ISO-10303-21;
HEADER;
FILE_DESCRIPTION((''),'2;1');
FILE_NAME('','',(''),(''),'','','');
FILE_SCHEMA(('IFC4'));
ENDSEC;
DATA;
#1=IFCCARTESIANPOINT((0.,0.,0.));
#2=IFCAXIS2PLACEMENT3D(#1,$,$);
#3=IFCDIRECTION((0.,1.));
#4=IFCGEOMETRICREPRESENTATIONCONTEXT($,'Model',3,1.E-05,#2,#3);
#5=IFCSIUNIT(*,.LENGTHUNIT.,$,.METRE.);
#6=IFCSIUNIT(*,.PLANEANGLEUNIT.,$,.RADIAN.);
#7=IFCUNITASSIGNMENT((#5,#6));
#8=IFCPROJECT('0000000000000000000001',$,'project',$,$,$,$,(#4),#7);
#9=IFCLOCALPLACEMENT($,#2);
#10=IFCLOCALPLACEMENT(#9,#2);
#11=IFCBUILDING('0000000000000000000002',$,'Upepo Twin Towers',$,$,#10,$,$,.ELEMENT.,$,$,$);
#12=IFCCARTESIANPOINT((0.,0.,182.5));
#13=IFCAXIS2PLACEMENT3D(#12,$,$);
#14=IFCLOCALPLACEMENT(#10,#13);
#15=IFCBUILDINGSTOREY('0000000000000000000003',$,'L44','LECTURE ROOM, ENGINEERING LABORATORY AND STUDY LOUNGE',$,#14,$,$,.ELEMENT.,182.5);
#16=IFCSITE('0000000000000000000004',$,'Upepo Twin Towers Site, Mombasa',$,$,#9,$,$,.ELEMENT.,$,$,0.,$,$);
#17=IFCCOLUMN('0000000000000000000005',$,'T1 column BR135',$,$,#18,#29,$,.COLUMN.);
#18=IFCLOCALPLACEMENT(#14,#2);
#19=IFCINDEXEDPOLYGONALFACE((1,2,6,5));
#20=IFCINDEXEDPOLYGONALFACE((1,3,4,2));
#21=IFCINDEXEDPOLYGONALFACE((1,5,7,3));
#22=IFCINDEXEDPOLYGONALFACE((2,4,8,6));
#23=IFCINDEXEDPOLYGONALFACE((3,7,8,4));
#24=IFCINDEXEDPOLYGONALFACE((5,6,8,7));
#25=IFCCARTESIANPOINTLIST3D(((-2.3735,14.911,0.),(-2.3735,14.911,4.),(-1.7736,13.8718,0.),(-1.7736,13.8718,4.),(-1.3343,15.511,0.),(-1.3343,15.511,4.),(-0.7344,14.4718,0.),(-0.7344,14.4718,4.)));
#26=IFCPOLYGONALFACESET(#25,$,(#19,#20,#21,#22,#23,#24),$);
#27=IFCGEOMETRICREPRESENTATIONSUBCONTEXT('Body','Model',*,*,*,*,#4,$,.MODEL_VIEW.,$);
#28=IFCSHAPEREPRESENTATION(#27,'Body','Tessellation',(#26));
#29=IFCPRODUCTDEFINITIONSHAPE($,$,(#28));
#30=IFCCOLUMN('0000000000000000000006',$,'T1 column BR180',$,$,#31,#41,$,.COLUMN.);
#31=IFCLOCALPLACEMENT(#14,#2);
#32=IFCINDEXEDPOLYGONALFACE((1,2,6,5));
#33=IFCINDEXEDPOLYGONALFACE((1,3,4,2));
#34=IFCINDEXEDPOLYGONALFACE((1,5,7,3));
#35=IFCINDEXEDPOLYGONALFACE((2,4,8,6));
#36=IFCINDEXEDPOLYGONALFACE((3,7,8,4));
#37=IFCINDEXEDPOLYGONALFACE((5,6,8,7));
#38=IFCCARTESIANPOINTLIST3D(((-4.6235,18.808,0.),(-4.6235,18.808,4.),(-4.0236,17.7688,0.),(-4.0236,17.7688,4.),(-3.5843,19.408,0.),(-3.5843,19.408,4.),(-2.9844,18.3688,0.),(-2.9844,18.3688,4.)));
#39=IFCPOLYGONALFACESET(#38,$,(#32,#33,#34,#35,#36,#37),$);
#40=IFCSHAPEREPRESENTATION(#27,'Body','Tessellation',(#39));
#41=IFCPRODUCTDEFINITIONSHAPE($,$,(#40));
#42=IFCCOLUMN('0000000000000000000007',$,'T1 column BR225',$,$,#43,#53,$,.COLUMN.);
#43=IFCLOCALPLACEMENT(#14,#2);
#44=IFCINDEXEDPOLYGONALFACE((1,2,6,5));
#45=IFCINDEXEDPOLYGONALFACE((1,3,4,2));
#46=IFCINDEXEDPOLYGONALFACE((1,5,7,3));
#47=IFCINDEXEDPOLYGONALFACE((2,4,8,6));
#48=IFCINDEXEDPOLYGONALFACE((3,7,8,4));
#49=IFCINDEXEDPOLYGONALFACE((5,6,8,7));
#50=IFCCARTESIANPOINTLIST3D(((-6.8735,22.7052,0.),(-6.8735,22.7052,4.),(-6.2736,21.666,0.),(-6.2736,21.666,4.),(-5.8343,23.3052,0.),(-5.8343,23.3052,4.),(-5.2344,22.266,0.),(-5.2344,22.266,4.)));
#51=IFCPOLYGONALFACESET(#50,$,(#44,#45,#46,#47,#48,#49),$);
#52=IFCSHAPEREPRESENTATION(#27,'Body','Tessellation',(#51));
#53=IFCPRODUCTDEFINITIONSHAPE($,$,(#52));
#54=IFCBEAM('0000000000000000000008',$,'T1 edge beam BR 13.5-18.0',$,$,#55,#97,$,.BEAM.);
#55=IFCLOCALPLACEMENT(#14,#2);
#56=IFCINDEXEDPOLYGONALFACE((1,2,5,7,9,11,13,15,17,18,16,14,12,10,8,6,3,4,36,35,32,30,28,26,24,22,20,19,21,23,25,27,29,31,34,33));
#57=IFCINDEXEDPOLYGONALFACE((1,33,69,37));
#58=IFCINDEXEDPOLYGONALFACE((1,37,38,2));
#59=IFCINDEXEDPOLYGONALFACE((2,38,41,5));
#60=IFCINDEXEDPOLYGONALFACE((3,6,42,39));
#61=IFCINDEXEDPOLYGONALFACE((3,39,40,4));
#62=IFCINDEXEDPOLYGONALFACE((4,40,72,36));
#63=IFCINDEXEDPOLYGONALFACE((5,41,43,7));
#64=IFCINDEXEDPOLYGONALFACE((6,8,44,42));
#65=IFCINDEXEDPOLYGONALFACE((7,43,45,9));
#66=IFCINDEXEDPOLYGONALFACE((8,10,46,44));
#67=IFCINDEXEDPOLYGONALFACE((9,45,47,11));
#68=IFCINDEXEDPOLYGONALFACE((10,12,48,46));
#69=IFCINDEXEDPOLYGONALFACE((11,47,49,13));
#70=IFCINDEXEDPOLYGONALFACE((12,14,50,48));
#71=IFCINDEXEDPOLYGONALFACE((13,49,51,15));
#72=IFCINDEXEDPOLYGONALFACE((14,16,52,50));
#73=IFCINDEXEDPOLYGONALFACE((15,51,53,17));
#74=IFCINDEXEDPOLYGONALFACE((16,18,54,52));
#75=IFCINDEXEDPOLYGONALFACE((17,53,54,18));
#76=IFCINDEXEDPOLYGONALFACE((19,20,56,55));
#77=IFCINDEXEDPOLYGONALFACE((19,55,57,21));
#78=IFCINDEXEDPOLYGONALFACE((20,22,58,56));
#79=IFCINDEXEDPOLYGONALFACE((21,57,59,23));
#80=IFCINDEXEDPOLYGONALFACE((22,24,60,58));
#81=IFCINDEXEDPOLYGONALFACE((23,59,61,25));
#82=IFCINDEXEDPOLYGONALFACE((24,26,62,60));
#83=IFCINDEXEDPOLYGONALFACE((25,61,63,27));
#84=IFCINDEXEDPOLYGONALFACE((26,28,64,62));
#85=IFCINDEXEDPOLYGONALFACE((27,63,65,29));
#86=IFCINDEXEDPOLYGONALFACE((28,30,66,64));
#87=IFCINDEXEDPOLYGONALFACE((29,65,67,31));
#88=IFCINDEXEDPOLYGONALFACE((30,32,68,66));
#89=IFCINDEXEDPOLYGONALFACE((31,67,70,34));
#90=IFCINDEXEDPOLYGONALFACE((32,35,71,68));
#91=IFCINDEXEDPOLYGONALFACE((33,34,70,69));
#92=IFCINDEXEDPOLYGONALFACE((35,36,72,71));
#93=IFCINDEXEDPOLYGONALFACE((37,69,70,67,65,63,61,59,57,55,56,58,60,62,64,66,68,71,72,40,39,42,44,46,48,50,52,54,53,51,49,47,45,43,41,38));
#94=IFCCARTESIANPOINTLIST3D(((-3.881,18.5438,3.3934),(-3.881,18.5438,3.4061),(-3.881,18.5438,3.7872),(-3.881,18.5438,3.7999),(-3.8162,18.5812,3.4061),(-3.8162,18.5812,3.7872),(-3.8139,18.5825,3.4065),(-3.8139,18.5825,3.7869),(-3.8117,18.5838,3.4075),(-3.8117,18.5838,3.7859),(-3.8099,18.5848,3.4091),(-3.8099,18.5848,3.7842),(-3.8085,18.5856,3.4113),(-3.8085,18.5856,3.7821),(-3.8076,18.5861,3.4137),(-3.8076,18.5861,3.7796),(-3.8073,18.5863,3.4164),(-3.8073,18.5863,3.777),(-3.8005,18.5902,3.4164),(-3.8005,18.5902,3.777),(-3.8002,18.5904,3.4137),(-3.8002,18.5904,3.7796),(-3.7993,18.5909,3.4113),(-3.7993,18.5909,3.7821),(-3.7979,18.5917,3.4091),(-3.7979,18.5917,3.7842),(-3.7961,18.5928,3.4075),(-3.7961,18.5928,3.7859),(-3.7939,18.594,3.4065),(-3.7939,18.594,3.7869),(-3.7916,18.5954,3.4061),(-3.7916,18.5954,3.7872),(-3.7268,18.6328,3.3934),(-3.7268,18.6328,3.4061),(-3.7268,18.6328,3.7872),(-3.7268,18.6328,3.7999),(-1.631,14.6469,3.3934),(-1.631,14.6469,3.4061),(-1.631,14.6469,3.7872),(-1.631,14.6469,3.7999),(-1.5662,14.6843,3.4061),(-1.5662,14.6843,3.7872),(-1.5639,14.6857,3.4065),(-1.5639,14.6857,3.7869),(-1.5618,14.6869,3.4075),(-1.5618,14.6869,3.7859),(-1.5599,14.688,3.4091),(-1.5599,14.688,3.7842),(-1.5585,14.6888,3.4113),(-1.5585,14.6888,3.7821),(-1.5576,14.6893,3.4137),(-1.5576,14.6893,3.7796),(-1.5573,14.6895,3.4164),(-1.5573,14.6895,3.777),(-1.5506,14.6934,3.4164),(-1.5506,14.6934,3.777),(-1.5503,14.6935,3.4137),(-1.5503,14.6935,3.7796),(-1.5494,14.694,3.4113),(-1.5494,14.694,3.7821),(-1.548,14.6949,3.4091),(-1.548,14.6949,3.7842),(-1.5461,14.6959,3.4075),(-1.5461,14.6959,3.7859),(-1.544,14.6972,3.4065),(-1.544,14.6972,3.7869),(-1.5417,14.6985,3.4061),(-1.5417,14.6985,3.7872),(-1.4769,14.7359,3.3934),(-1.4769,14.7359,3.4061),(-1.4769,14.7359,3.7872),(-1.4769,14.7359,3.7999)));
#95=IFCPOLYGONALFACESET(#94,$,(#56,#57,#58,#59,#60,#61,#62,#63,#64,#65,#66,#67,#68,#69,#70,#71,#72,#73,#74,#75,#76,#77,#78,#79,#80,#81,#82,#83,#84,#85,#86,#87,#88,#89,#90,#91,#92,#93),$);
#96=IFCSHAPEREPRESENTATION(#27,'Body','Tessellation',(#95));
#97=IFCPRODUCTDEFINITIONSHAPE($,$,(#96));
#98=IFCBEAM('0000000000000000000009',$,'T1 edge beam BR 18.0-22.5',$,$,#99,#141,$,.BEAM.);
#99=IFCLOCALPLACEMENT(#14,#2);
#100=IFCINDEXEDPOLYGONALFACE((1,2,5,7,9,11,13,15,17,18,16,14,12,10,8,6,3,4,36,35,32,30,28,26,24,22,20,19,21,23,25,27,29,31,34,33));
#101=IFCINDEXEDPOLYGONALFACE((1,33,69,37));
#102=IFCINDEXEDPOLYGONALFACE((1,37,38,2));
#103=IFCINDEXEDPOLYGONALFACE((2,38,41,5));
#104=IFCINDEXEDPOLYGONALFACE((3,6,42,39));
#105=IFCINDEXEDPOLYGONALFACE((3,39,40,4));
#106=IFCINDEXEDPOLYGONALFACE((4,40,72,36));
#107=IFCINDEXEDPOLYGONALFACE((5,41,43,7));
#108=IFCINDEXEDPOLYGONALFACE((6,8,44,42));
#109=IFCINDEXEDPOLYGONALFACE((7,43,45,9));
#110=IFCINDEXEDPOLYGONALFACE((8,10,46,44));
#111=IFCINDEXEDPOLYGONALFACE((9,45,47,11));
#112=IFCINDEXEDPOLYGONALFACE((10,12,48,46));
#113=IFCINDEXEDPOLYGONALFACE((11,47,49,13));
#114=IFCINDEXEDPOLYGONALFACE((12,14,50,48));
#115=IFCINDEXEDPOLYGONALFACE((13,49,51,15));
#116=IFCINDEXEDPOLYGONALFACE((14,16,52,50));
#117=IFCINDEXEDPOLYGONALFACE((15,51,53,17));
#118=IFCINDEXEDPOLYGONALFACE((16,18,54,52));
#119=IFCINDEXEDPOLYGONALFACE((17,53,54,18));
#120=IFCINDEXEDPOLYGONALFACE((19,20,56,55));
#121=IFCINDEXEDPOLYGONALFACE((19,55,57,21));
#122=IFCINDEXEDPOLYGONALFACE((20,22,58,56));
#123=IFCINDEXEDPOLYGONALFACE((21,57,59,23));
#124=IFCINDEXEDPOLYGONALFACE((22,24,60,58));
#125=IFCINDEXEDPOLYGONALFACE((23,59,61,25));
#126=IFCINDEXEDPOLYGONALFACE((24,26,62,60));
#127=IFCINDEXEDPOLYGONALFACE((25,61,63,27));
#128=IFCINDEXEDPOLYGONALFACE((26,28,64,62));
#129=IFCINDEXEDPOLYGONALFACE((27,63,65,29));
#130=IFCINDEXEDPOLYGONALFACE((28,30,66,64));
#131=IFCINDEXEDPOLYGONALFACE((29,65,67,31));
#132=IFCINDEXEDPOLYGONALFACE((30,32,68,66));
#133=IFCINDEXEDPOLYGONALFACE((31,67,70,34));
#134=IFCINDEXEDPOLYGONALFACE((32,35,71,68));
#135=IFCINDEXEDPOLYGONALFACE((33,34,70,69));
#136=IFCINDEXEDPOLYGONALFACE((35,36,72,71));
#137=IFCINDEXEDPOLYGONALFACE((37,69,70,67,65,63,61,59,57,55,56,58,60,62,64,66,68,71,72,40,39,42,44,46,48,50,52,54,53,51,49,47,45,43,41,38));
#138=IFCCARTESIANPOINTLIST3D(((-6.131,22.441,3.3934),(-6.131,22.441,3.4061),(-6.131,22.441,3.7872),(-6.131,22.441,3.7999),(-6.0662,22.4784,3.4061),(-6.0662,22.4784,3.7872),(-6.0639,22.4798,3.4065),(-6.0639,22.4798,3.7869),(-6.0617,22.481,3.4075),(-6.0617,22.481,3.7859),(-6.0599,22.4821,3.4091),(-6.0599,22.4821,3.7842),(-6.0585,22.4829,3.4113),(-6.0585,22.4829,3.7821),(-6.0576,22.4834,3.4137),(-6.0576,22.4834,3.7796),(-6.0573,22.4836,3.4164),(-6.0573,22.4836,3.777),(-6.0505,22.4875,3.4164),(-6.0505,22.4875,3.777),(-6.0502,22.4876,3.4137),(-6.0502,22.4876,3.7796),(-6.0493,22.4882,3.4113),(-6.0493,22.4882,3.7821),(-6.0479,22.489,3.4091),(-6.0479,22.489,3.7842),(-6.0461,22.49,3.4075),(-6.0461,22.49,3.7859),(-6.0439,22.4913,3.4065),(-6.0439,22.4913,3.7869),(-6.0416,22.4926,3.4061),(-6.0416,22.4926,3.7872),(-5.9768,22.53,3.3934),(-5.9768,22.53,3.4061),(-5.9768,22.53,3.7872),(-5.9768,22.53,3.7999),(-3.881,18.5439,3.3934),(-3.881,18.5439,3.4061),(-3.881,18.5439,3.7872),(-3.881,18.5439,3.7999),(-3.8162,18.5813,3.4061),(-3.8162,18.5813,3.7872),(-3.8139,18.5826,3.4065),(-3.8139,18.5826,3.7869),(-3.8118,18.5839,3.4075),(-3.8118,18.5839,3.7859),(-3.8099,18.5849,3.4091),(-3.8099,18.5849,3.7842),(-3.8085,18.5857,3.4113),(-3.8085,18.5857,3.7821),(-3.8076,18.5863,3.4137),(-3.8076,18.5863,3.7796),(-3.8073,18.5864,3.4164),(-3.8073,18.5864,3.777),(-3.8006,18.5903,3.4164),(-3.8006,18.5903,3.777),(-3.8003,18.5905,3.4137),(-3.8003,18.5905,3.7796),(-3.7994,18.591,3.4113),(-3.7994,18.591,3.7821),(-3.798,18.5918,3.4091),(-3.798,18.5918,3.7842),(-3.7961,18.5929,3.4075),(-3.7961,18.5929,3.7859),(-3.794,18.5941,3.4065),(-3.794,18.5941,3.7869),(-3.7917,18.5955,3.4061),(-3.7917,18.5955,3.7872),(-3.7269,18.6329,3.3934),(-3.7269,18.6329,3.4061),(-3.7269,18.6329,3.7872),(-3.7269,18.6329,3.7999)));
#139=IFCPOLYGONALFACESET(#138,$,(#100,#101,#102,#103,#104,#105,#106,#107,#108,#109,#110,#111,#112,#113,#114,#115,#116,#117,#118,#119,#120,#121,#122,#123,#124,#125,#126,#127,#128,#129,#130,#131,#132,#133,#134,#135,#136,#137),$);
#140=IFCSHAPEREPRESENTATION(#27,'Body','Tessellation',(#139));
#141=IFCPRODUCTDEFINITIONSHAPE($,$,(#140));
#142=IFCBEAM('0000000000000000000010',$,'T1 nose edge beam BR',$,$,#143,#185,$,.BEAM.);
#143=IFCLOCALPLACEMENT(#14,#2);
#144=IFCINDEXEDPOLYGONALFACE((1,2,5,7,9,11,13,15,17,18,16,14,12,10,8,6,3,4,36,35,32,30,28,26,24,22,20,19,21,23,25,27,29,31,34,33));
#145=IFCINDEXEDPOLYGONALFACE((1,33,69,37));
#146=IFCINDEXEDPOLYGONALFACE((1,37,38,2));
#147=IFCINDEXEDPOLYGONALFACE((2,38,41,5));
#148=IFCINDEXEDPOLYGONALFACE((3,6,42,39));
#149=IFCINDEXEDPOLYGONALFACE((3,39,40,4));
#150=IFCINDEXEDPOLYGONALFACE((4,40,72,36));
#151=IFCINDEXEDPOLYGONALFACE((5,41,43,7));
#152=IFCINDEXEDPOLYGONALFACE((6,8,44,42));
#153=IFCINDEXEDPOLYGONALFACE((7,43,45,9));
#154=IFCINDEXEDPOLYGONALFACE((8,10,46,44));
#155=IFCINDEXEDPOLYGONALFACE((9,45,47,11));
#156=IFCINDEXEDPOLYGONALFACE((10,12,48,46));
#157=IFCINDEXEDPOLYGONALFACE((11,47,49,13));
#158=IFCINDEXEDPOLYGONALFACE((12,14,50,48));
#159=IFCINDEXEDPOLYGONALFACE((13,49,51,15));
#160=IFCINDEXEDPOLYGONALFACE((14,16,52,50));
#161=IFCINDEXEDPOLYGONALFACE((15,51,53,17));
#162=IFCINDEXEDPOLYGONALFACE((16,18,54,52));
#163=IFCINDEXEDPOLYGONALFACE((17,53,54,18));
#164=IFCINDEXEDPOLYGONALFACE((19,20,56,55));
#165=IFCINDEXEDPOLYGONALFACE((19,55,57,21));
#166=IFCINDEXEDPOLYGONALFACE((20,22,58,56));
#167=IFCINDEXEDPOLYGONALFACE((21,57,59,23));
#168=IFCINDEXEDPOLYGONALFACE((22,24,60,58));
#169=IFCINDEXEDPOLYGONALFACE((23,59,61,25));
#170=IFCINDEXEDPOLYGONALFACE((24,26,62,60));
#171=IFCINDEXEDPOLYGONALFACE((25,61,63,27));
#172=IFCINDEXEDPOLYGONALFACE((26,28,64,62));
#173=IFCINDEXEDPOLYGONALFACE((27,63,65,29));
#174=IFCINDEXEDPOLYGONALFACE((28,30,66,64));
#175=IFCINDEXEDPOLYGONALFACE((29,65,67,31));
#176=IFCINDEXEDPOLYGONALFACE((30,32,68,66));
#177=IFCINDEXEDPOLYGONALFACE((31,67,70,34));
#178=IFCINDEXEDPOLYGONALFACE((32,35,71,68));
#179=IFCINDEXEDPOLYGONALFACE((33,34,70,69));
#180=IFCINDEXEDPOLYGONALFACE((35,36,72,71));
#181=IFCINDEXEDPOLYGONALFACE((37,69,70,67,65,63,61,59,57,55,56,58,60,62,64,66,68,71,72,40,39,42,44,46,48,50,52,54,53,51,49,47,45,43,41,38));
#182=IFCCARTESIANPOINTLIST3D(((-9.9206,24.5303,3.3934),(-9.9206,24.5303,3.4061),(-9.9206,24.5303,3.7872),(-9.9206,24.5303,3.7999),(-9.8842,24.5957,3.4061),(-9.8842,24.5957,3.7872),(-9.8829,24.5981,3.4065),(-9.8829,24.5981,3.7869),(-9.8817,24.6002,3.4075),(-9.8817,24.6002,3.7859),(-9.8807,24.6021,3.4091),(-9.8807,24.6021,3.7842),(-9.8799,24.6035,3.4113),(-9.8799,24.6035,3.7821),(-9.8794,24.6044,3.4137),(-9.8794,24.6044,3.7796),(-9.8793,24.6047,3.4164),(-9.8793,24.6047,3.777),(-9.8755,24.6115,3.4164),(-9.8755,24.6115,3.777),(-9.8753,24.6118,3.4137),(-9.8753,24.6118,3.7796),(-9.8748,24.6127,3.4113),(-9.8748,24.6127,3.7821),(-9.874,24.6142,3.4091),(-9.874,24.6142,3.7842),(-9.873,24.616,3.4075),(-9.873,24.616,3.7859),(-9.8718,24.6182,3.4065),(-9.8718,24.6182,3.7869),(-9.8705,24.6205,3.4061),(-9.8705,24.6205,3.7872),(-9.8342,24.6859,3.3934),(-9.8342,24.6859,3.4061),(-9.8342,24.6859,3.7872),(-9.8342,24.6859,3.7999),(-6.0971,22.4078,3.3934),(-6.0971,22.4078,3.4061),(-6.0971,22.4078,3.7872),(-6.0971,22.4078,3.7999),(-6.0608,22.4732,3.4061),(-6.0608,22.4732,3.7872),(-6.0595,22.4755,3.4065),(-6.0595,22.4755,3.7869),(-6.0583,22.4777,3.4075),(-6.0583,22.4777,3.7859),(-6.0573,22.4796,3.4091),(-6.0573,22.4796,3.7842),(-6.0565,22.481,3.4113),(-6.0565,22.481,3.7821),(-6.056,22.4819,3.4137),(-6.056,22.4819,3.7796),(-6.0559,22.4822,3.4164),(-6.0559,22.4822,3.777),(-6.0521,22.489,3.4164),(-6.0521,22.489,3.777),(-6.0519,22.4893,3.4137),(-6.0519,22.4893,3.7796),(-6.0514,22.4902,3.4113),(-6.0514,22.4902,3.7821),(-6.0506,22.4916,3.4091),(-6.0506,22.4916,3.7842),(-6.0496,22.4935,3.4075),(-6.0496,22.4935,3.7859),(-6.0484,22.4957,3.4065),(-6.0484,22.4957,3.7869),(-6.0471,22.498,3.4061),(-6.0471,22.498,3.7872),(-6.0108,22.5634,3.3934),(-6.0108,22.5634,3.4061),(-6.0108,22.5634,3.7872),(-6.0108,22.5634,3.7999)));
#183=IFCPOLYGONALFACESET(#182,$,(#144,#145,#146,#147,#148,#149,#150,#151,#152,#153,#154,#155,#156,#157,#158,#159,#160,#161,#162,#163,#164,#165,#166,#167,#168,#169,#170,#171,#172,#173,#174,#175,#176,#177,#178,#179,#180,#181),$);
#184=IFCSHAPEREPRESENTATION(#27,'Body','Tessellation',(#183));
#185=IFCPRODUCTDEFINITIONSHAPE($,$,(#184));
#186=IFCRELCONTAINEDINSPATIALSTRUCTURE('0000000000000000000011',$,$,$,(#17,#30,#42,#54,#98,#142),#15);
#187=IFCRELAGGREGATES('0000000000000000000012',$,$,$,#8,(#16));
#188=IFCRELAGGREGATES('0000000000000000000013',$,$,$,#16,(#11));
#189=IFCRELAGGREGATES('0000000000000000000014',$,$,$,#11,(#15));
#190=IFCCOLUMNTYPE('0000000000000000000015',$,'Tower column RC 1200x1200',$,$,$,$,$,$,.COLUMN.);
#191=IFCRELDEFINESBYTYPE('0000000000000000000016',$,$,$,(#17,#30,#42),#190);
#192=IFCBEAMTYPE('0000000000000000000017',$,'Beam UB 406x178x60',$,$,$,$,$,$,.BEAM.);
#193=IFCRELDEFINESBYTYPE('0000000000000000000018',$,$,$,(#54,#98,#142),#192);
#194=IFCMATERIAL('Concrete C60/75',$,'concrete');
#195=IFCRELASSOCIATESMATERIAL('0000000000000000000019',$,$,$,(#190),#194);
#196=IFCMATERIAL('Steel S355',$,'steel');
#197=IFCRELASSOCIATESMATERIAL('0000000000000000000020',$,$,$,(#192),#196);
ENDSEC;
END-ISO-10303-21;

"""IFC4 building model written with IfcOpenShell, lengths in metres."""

from ifc_helpers import new_model, si_unit, direction, frame, origin, origin_2d, place, context, subcontext, project, spatial, rectangle, i_section, extrude, material, material_profile, profile_set, type_object, element, save


model = new_model("IFC4")

# Units and contexts
model_context = context("Model", 3, precision=1e-05, world=origin(), true_north=direction((0.0, 1.0)))
body_context = subcontext(model_context, "Body", "Model", "MODEL_VIEW")
ifc_project = project(units=[si_unit("LENGTHUNIT", "METRE"), si_unit("PLANEANGLEUNIT", "RADIAN")], contexts=[model_context])

# Site, building, storey
site_placement = place(None, origin())
site = spatial("IfcSite", under=ifc_project, at=site_placement, Name="Upepo Twin Towers Site, Mombasa", CompositionType="ELEMENT", RefElevation=0.0)
building_placement = place(site_placement, origin())
building = spatial("IfcBuilding", under=site, at=building_placement, Name="Upepo Twin Towers", CompositionType="ELEMENT")
storey_placement = place(building_placement, frame((0.0, 0.0, 182.5)))
storey = spatial("IfcBuildingStorey", under=building, at=storey_placement, Name="L44", Description="LECTURE ROOM, ENGINEERING LABORATORY AND STUDY LOUNGE", CompositionType="ELEMENT", Elevation=182.5)

# Columns
ifc_material_1 = material(Name="Concrete C60/75", Category="concrete")
ifc_material_profile_1 = material_profile(ifc_material_1, rectangle(XDim=1.2, YDim=1.2, at=origin_2d()), Name="RC 1200x1200")
ifc_profile_set_1 = profile_set([ifc_material_profile_1], Name="Concrete C60/75")
column_type = type_object("IfcColumnType", Name="Tower column RC 1200x1200", PredefinedType="COLUMN", material=ifc_profile_set_1)
for number, where, z_axis, x_axis, name in (
    (1, (-1.554, 14.6914, 0.0), (0.0, 0.0, 1.0), (0.866025, 0.5, 0.0), "T1 column BR135"),
    (2, (-3.804, 18.5884, 0.0), (0.0, 0.0, 1.0), (0.866025, 0.5, 0.0), "T1 column BR180"),
    (3, (-6.054, 22.4856, 0.0), (0.0, 0.0, 1.0), (0.866025, 0.5, 0.0), "T1 column BR225"),
):
    element("IfcColumn", number, at=place(storey_placement, frame(where, z_axis=z_axis, x_axis=x_axis)), inside=storey, type_object=column_type, Name=name, PredefinedType="COLUMN", context=body_context, shape_type="SweptSolid", body=[
        extrude(rectangle(XDim=1.2, YDim=1.2, at=origin_2d()), origin(), (0.0, 0.0, 1.0), 4.0),
    ])

# Beams
ifc_material_2 = material(Name="Steel S355", Category="steel")
ifc_material_profile_2 = material_profile(ifc_material_2, i_section(OverallWidth=0.178, OverallDepth=0.4065, WebThickness=0.0078, FlangeThickness=0.0127, FilletRadius=0.0103, at=origin_2d()), Name="UB 406x178x60")
ifc_profile_set_2 = profile_set([ifc_material_profile_2], Name="Steel S355")
beam_type_1 = type_object("IfcBeamType", Name="Beam UB 406x178x60", PredefinedType="BEAM", material=ifc_profile_set_2)
beam_1_placement = place(storey_placement, frame((-1.554, 14.6914, 3.5967), z_axis=(-0.500014, 0.866018, 0.0), x_axis=(-0.866018, -0.500014, 0.0)))
element("IfcBeam", 4, at=beam_1_placement, inside=storey, type_object=beam_type_1, Name="T1 edge beam BR 13.5-18.0", PredefinedType="BEAM", context=body_context, shape_type="SweptSolid", body=[
    extrude(i_section(OverallWidth=0.178, OverallDepth=0.4065, WebThickness=0.0078, FlangeThickness=0.0127, FilletRadius=0.0103, at=origin_2d()), origin(), (0.0, 0.0, 1.0), 4.4998),
])
beam_2_placement = place(storey_placement, frame((-3.804, 18.5884, 3.5967), z_axis=(-0.49999, 0.866031, 0.0), x_axis=(-0.866031, -0.49999, 0.0)))
element("IfcBeam", 5, at=beam_2_placement, inside=storey, type_object=beam_type_1, Name="T1 edge beam BR 18.0-22.5", PredefinedType="BEAM", context=body_context, shape_type="SweptSolid", body=[
    extrude(i_section(OverallWidth=0.178, OverallDepth=0.4065, WebThickness=0.0078, FlangeThickness=0.0127, FilletRadius=0.0103, at=origin_2d()), origin(), (0.0, 0.0, 1.0), 4.5),
])
beam_3_placement = place(storey_placement, frame((-6.054, 22.4856, 3.5967), z_axis=(-0.874313, 0.485363, 0.0), x_axis=(-0.485363, -0.874313, 0.0)))
element("IfcBeam", 6, at=beam_3_placement, inside=storey, type_object=beam_type_1, Name="T1 nose edge beam BR", PredefinedType="BEAM", context=body_context, shape_type="SweptSolid", body=[
    extrude(i_section(OverallWidth=0.178, OverallDepth=0.4065, WebThickness=0.0078, FlangeThickness=0.0127, FilletRadius=0.0103, at=origin_2d()), origin(), (0.0, 0.0, 1.0), 4.373),
])

save(model, "model.ifc")
